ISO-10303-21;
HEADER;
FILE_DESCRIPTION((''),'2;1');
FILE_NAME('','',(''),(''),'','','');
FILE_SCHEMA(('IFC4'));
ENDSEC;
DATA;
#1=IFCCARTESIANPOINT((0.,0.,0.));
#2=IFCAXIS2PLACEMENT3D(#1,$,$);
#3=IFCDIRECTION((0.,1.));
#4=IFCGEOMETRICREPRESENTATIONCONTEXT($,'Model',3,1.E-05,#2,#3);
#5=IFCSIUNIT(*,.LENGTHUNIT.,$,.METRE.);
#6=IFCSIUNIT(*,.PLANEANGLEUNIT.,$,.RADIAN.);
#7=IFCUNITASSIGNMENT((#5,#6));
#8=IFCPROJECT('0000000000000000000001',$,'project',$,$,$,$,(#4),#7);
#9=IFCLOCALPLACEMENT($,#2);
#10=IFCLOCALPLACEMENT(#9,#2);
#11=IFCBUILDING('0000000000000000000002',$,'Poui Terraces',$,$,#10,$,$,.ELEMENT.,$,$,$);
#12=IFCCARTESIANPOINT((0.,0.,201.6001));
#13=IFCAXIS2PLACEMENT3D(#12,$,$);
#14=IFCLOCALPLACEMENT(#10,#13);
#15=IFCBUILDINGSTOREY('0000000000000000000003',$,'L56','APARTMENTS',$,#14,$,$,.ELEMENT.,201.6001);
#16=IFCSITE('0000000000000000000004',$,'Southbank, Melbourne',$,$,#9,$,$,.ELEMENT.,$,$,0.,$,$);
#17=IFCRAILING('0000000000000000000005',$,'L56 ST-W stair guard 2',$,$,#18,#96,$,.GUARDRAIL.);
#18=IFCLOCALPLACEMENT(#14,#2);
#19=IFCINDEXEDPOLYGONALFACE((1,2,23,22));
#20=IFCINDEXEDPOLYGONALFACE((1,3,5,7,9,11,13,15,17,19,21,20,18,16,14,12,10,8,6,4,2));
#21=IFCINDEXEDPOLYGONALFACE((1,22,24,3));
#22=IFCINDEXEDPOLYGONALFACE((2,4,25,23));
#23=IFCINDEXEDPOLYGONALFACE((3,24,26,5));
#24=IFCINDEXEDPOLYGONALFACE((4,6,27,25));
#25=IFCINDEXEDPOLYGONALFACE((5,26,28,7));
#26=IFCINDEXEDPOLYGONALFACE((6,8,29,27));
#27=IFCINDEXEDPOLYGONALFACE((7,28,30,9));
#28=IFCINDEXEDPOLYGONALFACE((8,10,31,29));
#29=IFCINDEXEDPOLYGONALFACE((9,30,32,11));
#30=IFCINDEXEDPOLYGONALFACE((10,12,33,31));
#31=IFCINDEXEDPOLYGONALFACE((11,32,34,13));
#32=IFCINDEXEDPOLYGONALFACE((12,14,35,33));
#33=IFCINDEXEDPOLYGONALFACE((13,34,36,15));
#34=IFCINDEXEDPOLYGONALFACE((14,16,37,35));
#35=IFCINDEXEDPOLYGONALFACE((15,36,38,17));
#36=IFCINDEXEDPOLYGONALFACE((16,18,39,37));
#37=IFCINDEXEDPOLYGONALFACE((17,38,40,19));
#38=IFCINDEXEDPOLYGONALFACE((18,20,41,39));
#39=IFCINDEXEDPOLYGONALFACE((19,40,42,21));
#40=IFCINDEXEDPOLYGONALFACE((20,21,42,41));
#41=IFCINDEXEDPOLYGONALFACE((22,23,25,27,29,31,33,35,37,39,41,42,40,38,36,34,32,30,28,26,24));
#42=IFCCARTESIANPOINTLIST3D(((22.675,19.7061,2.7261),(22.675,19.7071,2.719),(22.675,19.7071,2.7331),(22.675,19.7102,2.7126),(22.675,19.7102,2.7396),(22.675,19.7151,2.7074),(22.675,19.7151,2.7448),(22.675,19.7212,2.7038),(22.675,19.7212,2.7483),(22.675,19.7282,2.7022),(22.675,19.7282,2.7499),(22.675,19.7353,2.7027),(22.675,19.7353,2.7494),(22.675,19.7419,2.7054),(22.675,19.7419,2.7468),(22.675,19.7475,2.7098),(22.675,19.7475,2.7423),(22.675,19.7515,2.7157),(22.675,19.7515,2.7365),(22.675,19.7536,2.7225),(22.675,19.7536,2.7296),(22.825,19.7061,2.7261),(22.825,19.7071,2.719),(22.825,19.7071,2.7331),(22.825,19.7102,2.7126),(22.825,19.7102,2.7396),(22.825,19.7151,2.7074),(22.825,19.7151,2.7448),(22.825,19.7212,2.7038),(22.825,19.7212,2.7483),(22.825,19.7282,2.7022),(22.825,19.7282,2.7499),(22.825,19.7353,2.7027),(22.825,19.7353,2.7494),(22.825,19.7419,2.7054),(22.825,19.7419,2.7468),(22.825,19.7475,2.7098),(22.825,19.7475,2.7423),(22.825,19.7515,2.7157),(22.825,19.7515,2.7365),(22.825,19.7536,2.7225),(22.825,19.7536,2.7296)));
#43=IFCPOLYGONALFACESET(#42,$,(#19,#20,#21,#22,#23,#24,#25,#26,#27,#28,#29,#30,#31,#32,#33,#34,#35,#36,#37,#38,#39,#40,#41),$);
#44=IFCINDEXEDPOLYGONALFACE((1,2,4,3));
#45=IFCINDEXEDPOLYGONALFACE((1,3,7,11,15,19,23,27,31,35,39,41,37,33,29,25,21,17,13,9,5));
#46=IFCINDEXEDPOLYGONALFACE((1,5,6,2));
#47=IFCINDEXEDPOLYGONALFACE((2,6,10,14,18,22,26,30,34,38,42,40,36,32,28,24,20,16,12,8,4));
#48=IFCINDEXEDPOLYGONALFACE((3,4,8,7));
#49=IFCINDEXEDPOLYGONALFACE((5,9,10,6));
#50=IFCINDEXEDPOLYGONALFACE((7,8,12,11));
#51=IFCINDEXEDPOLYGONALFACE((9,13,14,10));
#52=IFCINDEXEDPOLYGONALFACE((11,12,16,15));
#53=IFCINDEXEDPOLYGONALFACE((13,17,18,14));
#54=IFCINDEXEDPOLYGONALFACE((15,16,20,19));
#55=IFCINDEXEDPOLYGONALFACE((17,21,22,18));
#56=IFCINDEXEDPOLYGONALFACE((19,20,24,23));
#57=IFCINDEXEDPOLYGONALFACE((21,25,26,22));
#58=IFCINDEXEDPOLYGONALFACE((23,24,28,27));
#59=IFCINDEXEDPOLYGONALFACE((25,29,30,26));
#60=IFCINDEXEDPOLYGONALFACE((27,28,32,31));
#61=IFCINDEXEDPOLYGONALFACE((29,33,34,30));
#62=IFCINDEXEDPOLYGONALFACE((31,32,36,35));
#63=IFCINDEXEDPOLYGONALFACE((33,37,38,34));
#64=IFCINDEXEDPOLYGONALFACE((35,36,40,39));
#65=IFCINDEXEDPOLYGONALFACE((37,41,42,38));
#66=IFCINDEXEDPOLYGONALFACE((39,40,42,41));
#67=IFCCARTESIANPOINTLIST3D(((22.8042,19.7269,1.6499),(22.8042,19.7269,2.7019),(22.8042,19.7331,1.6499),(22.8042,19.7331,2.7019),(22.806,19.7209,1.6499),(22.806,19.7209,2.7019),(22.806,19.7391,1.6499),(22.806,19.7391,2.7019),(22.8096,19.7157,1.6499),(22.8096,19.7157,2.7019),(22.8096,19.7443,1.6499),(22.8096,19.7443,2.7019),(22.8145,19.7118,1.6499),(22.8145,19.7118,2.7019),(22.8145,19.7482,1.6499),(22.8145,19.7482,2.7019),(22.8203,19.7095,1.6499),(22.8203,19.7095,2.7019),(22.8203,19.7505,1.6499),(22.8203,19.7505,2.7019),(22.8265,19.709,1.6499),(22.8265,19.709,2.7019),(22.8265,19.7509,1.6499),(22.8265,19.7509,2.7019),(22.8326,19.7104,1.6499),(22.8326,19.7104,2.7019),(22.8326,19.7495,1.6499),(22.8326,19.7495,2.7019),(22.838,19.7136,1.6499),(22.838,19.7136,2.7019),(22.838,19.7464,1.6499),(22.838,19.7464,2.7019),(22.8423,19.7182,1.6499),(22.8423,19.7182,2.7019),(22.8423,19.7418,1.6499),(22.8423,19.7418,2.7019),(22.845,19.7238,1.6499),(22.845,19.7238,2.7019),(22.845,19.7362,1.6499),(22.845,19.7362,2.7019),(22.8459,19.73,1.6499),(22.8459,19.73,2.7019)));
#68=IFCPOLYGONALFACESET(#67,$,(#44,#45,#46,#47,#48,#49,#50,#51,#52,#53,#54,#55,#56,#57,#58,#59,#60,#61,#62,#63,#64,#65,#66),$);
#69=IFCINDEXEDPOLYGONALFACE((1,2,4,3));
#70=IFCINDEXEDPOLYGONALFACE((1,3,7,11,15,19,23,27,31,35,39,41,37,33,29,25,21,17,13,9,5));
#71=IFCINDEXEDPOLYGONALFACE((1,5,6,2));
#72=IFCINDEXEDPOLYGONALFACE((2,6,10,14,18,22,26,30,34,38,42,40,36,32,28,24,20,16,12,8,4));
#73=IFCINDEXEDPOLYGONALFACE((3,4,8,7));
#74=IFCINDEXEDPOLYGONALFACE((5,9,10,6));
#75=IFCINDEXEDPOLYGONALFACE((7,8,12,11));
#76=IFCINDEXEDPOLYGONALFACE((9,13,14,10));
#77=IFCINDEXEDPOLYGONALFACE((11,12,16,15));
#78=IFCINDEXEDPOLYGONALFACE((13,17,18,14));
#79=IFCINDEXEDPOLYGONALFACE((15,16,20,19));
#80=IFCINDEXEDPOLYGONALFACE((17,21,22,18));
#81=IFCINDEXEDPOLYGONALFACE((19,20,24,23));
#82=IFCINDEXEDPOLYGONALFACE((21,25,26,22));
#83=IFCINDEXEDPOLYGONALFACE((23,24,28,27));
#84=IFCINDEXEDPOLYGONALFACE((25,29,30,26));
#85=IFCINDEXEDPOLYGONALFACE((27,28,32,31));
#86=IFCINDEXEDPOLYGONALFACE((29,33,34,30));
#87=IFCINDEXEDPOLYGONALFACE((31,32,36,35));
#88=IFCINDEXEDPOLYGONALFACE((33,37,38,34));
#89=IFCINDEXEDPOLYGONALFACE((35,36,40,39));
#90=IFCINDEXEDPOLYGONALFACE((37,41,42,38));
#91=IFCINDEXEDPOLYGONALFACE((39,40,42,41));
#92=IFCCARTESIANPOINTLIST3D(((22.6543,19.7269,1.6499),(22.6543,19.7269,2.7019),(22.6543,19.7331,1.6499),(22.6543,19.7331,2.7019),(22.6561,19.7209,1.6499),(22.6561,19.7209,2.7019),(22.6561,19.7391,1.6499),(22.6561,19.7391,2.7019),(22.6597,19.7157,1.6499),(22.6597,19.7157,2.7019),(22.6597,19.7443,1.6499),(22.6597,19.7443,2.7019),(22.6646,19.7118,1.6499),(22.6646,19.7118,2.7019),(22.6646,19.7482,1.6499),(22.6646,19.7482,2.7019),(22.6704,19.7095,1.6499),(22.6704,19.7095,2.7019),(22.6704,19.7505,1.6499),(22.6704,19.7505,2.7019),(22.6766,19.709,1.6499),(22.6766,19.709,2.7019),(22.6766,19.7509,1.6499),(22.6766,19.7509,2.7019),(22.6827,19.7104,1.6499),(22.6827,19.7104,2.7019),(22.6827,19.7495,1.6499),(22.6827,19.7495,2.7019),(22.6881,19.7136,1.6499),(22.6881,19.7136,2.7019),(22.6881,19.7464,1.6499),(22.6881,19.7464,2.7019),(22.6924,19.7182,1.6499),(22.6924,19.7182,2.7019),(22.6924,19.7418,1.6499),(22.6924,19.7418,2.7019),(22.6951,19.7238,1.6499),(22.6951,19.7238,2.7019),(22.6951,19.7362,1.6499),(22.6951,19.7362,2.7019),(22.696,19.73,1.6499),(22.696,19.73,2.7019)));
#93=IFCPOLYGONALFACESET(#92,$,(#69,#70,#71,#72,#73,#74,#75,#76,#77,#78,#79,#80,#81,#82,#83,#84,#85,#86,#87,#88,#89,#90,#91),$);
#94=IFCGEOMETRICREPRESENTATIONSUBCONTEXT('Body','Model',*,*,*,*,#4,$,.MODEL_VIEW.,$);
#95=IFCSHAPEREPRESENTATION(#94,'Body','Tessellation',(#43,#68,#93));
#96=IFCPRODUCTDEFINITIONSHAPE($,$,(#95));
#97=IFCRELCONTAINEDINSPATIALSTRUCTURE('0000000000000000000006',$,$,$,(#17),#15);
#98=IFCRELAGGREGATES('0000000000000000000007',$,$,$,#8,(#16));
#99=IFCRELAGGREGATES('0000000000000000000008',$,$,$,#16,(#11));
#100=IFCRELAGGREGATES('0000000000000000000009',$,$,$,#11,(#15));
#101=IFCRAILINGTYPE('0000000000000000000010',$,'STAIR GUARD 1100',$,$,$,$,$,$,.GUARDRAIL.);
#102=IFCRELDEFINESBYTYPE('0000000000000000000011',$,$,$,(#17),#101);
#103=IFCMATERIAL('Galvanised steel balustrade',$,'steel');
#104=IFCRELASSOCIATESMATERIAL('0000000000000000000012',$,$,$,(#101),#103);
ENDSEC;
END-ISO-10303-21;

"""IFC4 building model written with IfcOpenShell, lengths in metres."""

from ifc_helpers import new_model, si_unit, direction, frame, origin, origin_2d, place, context, subcontext, project, spatial, circle, extrude, material, type_object, element, save


model = new_model("IFC4")

# Units and contexts
model_context = context("Model", 3, precision=1e-05, world=origin(), true_north=direction((0.0, 1.0)))
body_context = subcontext(model_context, "Body", "Model", "MODEL_VIEW")
ifc_project = project(units=[si_unit("LENGTHUNIT", "METRE"), si_unit("PLANEANGLEUNIT", "RADIAN")], contexts=[model_context])

# Site, building, storey
site_placement = place(None, origin())
site = spatial("IfcSite", under=ifc_project, at=site_placement, Name="Southbank, Melbourne", CompositionType="ELEMENT", RefElevation=0.0)
building_placement = place(site_placement, origin())
building = spatial("IfcBuilding", under=site, at=building_placement, Name="Poui Terraces", CompositionType="ELEMENT")
storey_placement = place(building_placement, frame((0.0, 0.0, 201.6001)))
storey = spatial("IfcBuildingStorey", under=building, at=storey_placement, Name="L56", Description="APARTMENTS", CompositionType="ELEMENT", Elevation=201.6001)

# Railing
ifc_material_1 = material(Name="Galvanised steel balustrade", Category="steel")
railing_type_1 = type_object("IfcRailingType", Name="STAIR GUARD 1100", PredefinedType="GUARDRAIL", material=ifc_material_1)
railing_1_placement = place(storey_placement, frame((22.825, 19.73, 1.6499)))
element("IfcRailing", 1, at=railing_1_placement, inside=storey, type_object=railing_type_1, Name="L56 ST-W stair guard 2", PredefinedType="GUARDRAIL", context=body_context, shape_type="SweptSolid", body=[
    extrude(circle(Radius=0.0239, at=origin_2d()), frame((0.0, 0.0, 1.0762), z_axis=(-1.0, 0.0, 0.0), x_axis=(0.0, -1.0, 0.0)), (0.0, 0.0, 1.0), 0.1499),
    extrude(circle(Radius=0.021, at=origin_2d()), origin(), (0.0, 0.0, 1.0), 1.052),
    extrude(circle(Radius=0.021, at=origin_2d()), frame((-0.1499, 0.0, 0.0)), (0.0, 0.0, 1.0), 1.052),
])

save(model, "model.ifc")
